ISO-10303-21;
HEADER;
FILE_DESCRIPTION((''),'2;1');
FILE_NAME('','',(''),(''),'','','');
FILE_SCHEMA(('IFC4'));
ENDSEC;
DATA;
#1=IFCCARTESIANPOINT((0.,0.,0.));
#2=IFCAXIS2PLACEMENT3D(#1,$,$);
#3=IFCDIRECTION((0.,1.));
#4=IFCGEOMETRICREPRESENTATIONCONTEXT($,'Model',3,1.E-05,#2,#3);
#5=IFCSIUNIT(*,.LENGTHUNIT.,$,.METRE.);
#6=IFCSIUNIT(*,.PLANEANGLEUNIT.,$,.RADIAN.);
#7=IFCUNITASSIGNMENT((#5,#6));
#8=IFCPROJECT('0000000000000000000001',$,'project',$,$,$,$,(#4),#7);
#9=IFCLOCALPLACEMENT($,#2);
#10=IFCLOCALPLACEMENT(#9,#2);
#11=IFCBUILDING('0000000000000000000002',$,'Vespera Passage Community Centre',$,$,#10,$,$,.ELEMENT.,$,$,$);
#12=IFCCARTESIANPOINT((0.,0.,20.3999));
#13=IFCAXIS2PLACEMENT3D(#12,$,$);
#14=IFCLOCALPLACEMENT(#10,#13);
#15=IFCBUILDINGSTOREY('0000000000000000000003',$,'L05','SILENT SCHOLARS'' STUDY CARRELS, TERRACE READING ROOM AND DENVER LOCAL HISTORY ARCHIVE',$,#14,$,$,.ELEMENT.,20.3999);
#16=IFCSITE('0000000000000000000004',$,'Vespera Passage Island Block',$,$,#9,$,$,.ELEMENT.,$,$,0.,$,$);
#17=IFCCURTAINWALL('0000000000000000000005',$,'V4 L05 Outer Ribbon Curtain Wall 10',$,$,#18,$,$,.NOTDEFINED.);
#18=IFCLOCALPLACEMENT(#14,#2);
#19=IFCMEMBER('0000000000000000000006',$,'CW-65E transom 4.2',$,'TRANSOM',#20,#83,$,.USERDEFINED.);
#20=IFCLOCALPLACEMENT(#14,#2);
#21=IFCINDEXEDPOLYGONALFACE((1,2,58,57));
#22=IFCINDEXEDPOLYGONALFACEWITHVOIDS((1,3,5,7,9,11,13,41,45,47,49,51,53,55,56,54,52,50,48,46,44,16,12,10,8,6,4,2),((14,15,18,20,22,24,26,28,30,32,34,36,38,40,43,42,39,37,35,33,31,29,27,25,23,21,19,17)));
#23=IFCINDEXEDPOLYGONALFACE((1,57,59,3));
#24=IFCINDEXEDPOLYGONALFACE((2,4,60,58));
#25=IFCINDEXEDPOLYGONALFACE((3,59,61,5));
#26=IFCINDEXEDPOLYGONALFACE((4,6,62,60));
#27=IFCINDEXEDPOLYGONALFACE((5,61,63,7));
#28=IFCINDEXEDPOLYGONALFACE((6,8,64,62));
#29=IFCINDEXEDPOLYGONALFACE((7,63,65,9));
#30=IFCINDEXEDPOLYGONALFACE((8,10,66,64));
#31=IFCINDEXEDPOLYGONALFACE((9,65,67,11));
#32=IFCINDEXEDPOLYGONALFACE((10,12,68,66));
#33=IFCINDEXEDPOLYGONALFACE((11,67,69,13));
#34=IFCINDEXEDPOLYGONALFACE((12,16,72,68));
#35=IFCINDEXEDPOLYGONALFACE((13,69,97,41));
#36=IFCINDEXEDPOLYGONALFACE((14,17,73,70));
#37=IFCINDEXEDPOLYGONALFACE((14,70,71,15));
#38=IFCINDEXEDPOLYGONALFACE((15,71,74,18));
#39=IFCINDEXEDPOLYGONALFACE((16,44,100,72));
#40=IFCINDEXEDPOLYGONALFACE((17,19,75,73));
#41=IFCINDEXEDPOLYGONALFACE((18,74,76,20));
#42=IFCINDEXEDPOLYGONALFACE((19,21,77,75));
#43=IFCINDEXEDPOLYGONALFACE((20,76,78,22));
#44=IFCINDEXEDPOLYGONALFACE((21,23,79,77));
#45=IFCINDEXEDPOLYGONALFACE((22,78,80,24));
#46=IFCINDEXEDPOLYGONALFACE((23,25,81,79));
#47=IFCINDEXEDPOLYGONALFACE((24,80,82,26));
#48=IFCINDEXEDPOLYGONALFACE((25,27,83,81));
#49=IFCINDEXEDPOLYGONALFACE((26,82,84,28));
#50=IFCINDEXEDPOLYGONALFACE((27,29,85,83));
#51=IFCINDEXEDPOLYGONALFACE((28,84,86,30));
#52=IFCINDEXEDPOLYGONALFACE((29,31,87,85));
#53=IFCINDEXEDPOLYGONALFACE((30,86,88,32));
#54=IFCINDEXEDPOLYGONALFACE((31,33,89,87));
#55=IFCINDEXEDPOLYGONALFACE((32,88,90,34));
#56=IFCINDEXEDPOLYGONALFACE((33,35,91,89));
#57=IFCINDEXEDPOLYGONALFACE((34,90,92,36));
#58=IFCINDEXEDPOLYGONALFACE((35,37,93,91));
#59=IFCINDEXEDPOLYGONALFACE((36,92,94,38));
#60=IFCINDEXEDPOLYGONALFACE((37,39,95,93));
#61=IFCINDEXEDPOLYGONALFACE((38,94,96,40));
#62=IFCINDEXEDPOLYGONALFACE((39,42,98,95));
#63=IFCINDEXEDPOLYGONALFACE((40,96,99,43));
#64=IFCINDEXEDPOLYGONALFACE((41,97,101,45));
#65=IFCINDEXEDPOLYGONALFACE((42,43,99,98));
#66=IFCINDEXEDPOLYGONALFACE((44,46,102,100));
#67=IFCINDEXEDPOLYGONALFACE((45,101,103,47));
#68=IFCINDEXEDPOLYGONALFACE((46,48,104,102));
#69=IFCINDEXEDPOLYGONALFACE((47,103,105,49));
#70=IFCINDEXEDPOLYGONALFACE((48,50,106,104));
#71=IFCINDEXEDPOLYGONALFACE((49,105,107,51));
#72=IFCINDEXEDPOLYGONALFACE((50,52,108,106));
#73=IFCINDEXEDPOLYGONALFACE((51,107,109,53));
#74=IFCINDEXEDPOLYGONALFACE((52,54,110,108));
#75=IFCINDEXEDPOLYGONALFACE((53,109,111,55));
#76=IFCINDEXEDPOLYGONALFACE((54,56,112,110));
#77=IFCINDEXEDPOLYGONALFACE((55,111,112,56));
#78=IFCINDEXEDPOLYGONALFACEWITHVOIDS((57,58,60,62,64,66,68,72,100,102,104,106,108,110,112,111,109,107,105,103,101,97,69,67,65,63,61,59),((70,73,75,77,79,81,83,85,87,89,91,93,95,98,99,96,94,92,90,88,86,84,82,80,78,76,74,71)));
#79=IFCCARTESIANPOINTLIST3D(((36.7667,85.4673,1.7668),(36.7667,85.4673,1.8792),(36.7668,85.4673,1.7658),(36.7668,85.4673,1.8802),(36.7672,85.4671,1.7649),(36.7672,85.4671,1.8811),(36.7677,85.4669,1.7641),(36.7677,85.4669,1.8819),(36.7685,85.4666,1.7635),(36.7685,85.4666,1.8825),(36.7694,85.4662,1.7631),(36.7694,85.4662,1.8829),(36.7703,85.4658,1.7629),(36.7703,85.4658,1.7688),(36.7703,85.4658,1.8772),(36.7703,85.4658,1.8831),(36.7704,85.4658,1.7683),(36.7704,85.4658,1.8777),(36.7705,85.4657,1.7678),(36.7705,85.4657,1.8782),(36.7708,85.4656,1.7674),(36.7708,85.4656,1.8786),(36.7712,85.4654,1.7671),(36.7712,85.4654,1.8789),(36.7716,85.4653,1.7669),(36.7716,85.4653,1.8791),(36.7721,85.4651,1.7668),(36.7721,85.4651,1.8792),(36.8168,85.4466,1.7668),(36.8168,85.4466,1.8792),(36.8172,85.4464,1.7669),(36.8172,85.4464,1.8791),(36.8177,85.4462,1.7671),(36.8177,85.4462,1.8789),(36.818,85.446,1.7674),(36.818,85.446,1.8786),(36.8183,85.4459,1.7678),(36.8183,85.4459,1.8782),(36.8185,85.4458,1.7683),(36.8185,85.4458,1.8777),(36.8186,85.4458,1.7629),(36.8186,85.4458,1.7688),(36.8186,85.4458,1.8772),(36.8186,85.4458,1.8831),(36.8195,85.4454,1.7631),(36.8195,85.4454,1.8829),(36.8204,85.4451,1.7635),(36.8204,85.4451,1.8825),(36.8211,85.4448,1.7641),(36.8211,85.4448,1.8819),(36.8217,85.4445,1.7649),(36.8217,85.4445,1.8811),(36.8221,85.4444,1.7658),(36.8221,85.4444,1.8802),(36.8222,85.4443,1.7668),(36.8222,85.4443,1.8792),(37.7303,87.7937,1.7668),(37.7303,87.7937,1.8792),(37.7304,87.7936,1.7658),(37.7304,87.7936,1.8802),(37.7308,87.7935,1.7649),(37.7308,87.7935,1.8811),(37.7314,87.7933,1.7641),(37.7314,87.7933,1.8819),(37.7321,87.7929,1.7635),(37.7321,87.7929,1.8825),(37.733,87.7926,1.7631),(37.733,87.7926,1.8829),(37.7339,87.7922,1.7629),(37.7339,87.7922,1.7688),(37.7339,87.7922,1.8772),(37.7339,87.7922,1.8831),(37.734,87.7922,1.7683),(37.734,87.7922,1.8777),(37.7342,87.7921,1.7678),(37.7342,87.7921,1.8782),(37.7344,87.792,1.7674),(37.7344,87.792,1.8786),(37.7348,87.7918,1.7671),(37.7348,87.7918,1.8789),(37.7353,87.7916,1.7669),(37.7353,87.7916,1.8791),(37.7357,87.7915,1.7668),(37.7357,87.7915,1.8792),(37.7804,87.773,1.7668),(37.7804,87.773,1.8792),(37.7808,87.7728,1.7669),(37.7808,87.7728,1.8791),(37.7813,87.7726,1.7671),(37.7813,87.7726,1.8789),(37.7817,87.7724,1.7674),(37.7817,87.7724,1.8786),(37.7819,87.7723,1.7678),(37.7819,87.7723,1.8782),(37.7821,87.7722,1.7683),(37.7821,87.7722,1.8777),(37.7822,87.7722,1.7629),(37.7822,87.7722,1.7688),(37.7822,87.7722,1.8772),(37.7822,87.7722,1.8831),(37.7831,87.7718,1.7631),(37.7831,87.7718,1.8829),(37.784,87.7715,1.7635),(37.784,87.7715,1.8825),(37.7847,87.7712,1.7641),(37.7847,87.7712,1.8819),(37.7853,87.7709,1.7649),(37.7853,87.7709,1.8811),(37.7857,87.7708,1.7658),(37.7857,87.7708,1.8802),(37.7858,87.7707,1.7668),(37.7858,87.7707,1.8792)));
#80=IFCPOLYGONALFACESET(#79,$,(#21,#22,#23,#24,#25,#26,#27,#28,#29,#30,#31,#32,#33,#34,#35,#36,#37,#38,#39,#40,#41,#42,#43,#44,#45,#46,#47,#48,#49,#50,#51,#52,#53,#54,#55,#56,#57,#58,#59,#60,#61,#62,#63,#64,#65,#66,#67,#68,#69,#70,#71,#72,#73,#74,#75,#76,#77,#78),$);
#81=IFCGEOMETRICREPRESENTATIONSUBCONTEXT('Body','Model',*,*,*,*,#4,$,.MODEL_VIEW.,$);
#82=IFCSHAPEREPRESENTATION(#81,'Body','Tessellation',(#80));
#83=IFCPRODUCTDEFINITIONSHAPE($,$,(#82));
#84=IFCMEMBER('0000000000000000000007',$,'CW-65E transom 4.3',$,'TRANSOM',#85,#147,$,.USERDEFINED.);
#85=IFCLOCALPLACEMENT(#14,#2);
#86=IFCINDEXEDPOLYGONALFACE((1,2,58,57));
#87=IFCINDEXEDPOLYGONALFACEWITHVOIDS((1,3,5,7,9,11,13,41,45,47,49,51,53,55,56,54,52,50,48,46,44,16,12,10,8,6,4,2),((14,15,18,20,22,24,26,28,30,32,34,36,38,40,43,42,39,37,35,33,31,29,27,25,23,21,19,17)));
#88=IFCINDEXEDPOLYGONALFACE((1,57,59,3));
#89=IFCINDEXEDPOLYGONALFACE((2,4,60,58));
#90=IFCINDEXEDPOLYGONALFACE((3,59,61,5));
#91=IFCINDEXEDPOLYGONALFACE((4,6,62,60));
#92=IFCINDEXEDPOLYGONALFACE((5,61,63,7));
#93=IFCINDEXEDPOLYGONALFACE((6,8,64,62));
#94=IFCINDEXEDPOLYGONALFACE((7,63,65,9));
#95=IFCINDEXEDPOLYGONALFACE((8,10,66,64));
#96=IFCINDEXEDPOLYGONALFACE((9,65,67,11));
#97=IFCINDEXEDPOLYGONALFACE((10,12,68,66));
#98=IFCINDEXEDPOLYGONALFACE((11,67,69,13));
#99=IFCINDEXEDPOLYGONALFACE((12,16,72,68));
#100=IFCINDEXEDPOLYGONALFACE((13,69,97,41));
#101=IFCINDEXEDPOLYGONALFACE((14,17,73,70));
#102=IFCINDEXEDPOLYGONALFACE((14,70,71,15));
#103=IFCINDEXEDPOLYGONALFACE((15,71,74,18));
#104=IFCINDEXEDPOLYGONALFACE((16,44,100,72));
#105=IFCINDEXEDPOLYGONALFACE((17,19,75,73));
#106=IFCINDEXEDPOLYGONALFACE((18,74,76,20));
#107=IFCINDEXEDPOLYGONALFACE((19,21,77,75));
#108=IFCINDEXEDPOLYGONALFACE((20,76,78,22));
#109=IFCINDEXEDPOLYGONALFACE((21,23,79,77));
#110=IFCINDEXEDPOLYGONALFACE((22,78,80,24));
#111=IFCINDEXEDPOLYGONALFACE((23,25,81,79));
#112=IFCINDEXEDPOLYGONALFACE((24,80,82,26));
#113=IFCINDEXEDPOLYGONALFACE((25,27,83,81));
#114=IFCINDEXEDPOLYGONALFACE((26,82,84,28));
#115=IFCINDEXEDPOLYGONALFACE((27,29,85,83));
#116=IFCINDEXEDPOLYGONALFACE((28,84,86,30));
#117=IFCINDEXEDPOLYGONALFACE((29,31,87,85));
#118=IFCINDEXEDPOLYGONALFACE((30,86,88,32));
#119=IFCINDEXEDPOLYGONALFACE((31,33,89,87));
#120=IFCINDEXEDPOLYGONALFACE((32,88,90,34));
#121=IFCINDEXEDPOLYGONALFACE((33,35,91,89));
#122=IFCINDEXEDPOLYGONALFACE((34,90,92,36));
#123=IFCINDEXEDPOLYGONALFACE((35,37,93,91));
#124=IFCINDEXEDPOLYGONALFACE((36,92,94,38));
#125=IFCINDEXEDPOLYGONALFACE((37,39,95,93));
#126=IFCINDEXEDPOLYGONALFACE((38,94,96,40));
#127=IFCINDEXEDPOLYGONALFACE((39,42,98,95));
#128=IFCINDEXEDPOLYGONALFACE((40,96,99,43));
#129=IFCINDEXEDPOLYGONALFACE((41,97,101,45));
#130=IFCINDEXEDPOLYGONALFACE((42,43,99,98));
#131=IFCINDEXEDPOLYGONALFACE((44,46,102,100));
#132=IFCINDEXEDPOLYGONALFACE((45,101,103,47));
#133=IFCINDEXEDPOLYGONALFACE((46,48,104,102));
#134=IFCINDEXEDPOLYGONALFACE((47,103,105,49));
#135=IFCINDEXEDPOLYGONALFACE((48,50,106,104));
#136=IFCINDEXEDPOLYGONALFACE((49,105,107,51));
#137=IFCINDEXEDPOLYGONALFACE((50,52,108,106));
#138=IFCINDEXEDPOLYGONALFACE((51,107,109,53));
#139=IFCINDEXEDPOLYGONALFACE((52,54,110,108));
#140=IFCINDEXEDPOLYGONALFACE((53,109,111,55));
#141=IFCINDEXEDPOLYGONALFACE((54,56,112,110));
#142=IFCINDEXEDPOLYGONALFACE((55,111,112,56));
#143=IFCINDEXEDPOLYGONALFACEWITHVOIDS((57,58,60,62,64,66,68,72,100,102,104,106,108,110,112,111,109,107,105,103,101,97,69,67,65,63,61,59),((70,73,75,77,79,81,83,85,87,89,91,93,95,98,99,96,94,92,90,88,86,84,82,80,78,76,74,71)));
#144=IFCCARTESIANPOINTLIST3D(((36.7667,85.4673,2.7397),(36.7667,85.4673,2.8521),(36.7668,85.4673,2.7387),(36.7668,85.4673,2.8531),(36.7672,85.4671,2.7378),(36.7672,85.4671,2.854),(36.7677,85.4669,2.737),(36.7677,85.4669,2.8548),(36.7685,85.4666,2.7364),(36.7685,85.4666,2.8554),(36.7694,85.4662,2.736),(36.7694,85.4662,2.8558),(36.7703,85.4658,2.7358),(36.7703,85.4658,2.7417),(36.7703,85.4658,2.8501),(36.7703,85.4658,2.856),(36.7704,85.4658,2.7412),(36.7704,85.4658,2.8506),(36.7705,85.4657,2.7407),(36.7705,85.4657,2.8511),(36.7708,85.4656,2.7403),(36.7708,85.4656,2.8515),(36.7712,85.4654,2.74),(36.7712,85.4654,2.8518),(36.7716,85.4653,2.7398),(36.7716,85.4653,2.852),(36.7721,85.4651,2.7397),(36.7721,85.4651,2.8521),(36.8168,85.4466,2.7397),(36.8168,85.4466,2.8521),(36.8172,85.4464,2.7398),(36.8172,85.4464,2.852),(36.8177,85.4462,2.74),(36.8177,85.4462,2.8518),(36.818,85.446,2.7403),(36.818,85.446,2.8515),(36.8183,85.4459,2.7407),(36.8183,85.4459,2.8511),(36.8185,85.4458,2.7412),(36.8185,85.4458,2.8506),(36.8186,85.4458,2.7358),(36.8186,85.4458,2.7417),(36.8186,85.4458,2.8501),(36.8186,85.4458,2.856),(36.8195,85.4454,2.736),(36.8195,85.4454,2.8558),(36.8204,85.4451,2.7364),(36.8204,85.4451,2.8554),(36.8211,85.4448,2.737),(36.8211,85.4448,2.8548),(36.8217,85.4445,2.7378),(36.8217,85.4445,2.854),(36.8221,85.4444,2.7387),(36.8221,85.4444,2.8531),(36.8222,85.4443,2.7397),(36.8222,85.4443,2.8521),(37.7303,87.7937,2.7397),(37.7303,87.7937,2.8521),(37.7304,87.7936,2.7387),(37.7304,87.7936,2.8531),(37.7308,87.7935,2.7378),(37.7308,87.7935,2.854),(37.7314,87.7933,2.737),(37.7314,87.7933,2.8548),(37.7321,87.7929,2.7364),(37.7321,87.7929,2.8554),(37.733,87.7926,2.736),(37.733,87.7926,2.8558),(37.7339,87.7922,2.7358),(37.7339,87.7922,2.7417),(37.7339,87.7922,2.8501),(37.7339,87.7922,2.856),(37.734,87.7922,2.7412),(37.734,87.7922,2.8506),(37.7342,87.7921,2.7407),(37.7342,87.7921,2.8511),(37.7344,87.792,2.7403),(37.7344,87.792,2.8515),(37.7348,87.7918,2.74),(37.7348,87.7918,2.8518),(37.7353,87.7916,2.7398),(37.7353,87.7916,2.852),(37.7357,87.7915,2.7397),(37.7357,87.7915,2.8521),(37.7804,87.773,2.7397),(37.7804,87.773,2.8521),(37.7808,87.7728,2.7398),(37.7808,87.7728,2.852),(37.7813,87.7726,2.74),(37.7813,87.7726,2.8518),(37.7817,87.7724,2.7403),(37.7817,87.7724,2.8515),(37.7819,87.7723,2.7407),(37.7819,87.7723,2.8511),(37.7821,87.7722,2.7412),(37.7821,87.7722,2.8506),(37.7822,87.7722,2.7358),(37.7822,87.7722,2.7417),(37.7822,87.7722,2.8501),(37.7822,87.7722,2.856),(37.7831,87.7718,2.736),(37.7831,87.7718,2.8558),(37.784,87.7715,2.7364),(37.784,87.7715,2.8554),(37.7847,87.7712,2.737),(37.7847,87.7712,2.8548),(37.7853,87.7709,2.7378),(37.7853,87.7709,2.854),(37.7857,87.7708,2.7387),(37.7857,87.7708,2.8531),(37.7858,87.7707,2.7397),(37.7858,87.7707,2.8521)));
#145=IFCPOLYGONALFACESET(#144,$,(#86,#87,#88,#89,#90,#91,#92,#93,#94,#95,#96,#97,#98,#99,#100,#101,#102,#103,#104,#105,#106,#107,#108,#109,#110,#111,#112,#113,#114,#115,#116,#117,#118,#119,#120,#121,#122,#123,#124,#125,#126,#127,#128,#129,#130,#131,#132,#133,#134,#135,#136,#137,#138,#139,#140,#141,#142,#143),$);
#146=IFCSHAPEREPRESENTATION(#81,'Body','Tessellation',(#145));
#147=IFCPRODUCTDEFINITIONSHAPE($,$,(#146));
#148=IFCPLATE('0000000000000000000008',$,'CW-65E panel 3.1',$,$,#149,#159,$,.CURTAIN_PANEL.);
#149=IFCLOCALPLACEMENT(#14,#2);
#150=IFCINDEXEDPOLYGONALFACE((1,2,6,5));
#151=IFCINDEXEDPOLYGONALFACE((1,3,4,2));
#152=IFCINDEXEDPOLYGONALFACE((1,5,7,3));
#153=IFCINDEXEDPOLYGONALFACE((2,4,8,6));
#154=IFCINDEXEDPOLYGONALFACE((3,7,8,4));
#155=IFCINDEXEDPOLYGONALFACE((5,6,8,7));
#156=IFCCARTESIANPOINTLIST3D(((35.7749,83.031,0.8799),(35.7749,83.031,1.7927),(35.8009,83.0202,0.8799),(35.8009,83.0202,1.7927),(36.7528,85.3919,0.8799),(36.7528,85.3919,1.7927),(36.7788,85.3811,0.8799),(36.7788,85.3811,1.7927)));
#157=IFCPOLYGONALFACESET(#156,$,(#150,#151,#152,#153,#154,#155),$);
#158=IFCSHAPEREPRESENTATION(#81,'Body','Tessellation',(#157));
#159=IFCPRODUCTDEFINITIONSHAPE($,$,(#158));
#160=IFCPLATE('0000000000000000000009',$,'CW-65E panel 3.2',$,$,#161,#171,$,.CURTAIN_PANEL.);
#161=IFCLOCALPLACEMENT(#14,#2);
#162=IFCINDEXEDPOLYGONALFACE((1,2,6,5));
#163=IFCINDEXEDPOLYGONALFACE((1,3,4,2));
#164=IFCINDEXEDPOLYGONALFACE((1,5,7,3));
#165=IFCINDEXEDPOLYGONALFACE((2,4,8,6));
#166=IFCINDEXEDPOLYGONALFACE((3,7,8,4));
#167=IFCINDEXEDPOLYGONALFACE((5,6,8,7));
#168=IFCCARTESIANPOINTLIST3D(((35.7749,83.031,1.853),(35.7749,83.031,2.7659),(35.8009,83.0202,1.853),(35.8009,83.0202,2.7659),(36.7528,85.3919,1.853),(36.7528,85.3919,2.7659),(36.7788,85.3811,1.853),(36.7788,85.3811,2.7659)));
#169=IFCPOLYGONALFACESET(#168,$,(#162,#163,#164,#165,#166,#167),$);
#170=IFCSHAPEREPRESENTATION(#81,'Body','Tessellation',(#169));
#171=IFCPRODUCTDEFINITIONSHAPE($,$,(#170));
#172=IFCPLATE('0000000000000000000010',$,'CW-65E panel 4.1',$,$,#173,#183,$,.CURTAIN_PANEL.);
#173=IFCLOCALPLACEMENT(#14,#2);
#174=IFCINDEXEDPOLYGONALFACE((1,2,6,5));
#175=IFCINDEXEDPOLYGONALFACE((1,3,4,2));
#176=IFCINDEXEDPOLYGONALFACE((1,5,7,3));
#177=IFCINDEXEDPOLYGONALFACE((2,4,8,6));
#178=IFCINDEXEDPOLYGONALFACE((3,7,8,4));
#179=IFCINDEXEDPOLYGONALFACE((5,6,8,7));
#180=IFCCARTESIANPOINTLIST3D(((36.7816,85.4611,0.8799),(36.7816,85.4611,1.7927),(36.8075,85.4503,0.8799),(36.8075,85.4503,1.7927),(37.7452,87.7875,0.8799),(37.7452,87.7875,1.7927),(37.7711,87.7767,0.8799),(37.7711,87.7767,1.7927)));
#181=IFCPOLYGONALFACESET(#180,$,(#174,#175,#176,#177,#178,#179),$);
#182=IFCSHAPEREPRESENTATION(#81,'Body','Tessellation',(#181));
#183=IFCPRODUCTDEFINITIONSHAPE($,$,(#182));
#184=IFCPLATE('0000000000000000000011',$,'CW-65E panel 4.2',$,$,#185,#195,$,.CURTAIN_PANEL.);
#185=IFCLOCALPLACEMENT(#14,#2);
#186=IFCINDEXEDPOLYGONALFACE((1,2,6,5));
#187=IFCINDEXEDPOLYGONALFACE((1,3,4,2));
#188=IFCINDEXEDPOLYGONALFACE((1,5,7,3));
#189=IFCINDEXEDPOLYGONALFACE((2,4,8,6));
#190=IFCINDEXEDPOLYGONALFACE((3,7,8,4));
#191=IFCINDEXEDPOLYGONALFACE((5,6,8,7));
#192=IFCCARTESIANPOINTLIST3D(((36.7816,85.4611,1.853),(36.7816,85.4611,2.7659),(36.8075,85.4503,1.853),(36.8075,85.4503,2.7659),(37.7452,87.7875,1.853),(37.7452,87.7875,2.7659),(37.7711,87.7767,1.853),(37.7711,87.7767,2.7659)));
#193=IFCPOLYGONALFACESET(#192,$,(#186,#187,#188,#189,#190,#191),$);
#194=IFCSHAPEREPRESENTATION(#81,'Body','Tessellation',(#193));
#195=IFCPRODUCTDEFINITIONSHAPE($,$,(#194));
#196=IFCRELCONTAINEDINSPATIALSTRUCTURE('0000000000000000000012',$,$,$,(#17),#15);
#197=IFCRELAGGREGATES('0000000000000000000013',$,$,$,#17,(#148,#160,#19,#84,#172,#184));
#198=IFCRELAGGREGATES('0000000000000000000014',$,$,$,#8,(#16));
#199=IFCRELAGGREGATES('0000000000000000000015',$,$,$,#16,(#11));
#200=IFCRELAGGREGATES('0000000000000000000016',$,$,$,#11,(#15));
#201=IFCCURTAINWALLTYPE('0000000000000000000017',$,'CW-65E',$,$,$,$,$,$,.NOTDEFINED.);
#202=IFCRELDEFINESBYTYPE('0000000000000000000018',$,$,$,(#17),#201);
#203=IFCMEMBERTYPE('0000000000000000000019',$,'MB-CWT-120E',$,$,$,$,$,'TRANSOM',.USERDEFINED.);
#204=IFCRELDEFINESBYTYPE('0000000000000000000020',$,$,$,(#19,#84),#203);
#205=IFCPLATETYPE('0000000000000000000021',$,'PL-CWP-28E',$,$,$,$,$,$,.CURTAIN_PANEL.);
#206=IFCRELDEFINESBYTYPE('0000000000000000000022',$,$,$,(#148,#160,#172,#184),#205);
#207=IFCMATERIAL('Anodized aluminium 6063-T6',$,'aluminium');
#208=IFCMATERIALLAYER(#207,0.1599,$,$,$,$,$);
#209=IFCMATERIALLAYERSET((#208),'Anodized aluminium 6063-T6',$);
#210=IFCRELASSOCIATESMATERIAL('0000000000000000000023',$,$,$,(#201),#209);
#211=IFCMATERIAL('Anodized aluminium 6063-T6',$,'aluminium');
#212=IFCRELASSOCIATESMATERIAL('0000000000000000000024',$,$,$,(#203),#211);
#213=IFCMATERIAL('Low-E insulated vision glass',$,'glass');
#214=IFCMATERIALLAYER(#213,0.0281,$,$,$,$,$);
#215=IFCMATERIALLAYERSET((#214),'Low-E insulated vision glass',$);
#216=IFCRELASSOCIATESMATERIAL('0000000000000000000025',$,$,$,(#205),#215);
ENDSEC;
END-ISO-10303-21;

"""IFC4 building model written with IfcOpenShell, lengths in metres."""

from ifc_helpers import new_model, si_unit, direction, frame, origin, origin_2d, place, context, subcontext, project, spatial, rectangle, hollow_rectangle, extrude, material, layer, layer_set, material_profile, profile_set, type_object, element, aggregate, save


model = new_model("IFC4")

# Units and contexts
model_context = context("Model", 3, precision=1e-05, world=origin(), true_north=direction((0.0, 1.0)))
body_context = subcontext(model_context, "Body", "Model", "MODEL_VIEW")
ifc_project = project(units=[si_unit("LENGTHUNIT", "METRE"), si_unit("PLANEANGLEUNIT", "RADIAN")], contexts=[model_context])

# Site, building, storey
site_placement = place(None, origin())
site = spatial("IfcSite", under=ifc_project, at=site_placement, Name="Vespera Passage Island Block", CompositionType="ELEMENT", RefElevation=0.0)
building_placement = place(site_placement, origin())
building = spatial("IfcBuilding", under=site, at=building_placement, Name="Vespera Passage Community Centre", CompositionType="ELEMENT")
storey_placement = place(building_placement, frame((0.0, 0.0, 20.3999)))
storey = spatial("IfcBuildingStorey", under=building, at=storey_placement, Name="L05", Description="SILENT SCHOLARS' STUDY CARRELS, TERRACE READING ROOM AND DENVER LOCAL HISTORY ARCHIVE", CompositionType="ELEMENT", Elevation=20.3999)

# Curtain wall
ifc_material_1 = material(Name="Anodized aluminium 6063-T6", Category="aluminium")
ifc_layer_1 = layer(ifc_material_1, 0.1599)
ifc_layer_set_1 = layer_set([ifc_layer_1], Name="Anodized aluminium 6063-T6")
curtain_wall_type_1 = type_object("IfcCurtainWallType", Name="CW-65E", PredefinedType="NOTDEFINED", material=ifc_layer_set_1)
curtain_wall_1_placement = place(storey_placement, origin())
curtain_wall_1 = element("IfcCurtainWall", 1, at=curtain_wall_1_placement, inside=storey, type_object=curtain_wall_type_1, Name="V4 L05 Outer Ribbon Curtain Wall 10", PredefinedType="NOTDEFINED")

# Members
ifc_material_2 = material(Name="Anodized aluminium 6063-T6", Category="aluminium")
ifc_material_profile_1 = material_profile(ifc_material_2, hollow_rectangle(XDim=0.0601, YDim=0.1201, WallThickness=0.0039, InnerFilletRadius=0.002, OuterFilletRadius=0.0039, at=origin_2d()), Name="ALU120X60X4")
ifc_profile_set_1 = profile_set([ifc_material_profile_1], Name="Anodized aluminium 6063-T6")
member_type_1 = type_object("IfcMemberType", Name="MB-CWT-120E", ElementType="TRANSOM", PredefinedType="USERDEFINED", material=ifc_profile_set_1)
member_1_placement = place(storey_placement, frame((36.7944, 85.4558, 1.823), z_axis=(0.38268, 0.923881, 0.0), x_axis=(-0.923881, 0.38268, 0.0)))
member_1 = element("IfcMember", 2, at=member_1_placement, type_object=member_type_1, Name="CW-65E transom 4.2", ObjectType="TRANSOM", PredefinedType="USERDEFINED", context=body_context, shape_type="SweptSolid", body=[
    extrude(hollow_rectangle(XDim=0.0601, YDim=0.1201, WallThickness=0.0039, InnerFilletRadius=0.002, OuterFilletRadius=0.0039, at=origin_2d()), origin(), (0.0, 0.0, 1.0), 2.5181),
])
member_2_placement = place(storey_placement, frame((36.7944, 85.4558, 2.7959), z_axis=(0.38268, 0.923881, 0.0), x_axis=(-0.923881, 0.38268, 0.0)))
member_2 = element("IfcMember", 3, at=member_2_placement, type_object=member_type_1, Name="CW-65E transom 4.3", ObjectType="TRANSOM", PredefinedType="USERDEFINED", context=body_context, shape_type="SweptSolid", body=[
    extrude(hollow_rectangle(XDim=0.0601, YDim=0.1201, WallThickness=0.0039, InnerFilletRadius=0.002, OuterFilletRadius=0.0039, at=origin_2d()), origin(), (0.0, 0.0, 1.0), 2.5181),
])

# Plates
ifc_material_3 = material(Name="Low-E insulated vision glass", Category="glass")
ifc_layer_2 = layer(ifc_material_3, 0.0281)
ifc_layer_set_2 = layer_set([ifc_layer_2], Name="Low-E insulated vision glass")
plate_type = type_object("IfcPlateType", Name="PL-CWP-28E", PredefinedType="CURTAIN_PANEL", material=ifc_layer_set_2)
plate_1_placement = place(storey_placement, frame((36.2769, 84.2061, 0.8799), z_axis=(0.0, 0.0, 1.0), x_axis=(0.382679, 0.923881, 0.0)))
plate_1 = element("IfcPlate", 4, at=plate_1_placement, type_object=plate_type, Name="CW-65E panel 3.1", PredefinedType="CURTAIN_PANEL", context=body_context, shape_type="SweptSolid", body=[
    extrude(rectangle(XDim=2.5554, YDim=0.0281, at=origin_2d()), origin(), (0.0, 0.0, 1.0), 0.9128),
])
plate_2_placement = place(storey_placement, frame((36.2769, 84.2061, 1.853), z_axis=(0.0, 0.0, 1.0), x_axis=(0.382679, 0.923881, 0.0)))
plate_2 = element("IfcPlate", 5, at=plate_2_placement, type_object=plate_type, Name="CW-65E panel 3.2", PredefinedType="CURTAIN_PANEL", context=body_context, shape_type="SweptSolid", body=[
    extrude(rectangle(XDim=2.5554, YDim=0.0281, at=origin_2d()), origin(), (0.0, 0.0, 1.0), 0.9128),
])
plate_3_placement = place(storey_placement, frame((37.2764, 86.6189, 0.8799), z_axis=(0.0, 0.0, 1.0), x_axis=(0.382679, 0.923881, 0.0)))
plate_3 = element("IfcPlate", 6, at=plate_3_placement, type_object=plate_type, Name="CW-65E panel 4.1", PredefinedType="CURTAIN_PANEL", context=body_context, shape_type="SweptSolid", body=[
    extrude(rectangle(XDim=2.5181, YDim=0.0281, at=origin_2d()), origin(), (0.0, 0.0, 1.0), 0.9128),
])
plate_4_placement = place(storey_placement, frame((37.2764, 86.6189, 1.853), z_axis=(0.0, 0.0, 1.0), x_axis=(0.382679, 0.923881, 0.0)))
plate_4 = element("IfcPlate", 7, at=plate_4_placement, type_object=plate_type, Name="CW-65E panel 4.2", PredefinedType="CURTAIN_PANEL", context=body_context, shape_type="SweptSolid", body=[
    extrude(rectangle(XDim=2.5181, YDim=0.0281, at=origin_2d()), origin(), (0.0, 0.0, 1.0), 0.9128),
])
aggregate(curtain_wall_1, [plate_1, plate_2, member_1, member_2, plate_3, plate_4])

save(model, "model.ifc")
